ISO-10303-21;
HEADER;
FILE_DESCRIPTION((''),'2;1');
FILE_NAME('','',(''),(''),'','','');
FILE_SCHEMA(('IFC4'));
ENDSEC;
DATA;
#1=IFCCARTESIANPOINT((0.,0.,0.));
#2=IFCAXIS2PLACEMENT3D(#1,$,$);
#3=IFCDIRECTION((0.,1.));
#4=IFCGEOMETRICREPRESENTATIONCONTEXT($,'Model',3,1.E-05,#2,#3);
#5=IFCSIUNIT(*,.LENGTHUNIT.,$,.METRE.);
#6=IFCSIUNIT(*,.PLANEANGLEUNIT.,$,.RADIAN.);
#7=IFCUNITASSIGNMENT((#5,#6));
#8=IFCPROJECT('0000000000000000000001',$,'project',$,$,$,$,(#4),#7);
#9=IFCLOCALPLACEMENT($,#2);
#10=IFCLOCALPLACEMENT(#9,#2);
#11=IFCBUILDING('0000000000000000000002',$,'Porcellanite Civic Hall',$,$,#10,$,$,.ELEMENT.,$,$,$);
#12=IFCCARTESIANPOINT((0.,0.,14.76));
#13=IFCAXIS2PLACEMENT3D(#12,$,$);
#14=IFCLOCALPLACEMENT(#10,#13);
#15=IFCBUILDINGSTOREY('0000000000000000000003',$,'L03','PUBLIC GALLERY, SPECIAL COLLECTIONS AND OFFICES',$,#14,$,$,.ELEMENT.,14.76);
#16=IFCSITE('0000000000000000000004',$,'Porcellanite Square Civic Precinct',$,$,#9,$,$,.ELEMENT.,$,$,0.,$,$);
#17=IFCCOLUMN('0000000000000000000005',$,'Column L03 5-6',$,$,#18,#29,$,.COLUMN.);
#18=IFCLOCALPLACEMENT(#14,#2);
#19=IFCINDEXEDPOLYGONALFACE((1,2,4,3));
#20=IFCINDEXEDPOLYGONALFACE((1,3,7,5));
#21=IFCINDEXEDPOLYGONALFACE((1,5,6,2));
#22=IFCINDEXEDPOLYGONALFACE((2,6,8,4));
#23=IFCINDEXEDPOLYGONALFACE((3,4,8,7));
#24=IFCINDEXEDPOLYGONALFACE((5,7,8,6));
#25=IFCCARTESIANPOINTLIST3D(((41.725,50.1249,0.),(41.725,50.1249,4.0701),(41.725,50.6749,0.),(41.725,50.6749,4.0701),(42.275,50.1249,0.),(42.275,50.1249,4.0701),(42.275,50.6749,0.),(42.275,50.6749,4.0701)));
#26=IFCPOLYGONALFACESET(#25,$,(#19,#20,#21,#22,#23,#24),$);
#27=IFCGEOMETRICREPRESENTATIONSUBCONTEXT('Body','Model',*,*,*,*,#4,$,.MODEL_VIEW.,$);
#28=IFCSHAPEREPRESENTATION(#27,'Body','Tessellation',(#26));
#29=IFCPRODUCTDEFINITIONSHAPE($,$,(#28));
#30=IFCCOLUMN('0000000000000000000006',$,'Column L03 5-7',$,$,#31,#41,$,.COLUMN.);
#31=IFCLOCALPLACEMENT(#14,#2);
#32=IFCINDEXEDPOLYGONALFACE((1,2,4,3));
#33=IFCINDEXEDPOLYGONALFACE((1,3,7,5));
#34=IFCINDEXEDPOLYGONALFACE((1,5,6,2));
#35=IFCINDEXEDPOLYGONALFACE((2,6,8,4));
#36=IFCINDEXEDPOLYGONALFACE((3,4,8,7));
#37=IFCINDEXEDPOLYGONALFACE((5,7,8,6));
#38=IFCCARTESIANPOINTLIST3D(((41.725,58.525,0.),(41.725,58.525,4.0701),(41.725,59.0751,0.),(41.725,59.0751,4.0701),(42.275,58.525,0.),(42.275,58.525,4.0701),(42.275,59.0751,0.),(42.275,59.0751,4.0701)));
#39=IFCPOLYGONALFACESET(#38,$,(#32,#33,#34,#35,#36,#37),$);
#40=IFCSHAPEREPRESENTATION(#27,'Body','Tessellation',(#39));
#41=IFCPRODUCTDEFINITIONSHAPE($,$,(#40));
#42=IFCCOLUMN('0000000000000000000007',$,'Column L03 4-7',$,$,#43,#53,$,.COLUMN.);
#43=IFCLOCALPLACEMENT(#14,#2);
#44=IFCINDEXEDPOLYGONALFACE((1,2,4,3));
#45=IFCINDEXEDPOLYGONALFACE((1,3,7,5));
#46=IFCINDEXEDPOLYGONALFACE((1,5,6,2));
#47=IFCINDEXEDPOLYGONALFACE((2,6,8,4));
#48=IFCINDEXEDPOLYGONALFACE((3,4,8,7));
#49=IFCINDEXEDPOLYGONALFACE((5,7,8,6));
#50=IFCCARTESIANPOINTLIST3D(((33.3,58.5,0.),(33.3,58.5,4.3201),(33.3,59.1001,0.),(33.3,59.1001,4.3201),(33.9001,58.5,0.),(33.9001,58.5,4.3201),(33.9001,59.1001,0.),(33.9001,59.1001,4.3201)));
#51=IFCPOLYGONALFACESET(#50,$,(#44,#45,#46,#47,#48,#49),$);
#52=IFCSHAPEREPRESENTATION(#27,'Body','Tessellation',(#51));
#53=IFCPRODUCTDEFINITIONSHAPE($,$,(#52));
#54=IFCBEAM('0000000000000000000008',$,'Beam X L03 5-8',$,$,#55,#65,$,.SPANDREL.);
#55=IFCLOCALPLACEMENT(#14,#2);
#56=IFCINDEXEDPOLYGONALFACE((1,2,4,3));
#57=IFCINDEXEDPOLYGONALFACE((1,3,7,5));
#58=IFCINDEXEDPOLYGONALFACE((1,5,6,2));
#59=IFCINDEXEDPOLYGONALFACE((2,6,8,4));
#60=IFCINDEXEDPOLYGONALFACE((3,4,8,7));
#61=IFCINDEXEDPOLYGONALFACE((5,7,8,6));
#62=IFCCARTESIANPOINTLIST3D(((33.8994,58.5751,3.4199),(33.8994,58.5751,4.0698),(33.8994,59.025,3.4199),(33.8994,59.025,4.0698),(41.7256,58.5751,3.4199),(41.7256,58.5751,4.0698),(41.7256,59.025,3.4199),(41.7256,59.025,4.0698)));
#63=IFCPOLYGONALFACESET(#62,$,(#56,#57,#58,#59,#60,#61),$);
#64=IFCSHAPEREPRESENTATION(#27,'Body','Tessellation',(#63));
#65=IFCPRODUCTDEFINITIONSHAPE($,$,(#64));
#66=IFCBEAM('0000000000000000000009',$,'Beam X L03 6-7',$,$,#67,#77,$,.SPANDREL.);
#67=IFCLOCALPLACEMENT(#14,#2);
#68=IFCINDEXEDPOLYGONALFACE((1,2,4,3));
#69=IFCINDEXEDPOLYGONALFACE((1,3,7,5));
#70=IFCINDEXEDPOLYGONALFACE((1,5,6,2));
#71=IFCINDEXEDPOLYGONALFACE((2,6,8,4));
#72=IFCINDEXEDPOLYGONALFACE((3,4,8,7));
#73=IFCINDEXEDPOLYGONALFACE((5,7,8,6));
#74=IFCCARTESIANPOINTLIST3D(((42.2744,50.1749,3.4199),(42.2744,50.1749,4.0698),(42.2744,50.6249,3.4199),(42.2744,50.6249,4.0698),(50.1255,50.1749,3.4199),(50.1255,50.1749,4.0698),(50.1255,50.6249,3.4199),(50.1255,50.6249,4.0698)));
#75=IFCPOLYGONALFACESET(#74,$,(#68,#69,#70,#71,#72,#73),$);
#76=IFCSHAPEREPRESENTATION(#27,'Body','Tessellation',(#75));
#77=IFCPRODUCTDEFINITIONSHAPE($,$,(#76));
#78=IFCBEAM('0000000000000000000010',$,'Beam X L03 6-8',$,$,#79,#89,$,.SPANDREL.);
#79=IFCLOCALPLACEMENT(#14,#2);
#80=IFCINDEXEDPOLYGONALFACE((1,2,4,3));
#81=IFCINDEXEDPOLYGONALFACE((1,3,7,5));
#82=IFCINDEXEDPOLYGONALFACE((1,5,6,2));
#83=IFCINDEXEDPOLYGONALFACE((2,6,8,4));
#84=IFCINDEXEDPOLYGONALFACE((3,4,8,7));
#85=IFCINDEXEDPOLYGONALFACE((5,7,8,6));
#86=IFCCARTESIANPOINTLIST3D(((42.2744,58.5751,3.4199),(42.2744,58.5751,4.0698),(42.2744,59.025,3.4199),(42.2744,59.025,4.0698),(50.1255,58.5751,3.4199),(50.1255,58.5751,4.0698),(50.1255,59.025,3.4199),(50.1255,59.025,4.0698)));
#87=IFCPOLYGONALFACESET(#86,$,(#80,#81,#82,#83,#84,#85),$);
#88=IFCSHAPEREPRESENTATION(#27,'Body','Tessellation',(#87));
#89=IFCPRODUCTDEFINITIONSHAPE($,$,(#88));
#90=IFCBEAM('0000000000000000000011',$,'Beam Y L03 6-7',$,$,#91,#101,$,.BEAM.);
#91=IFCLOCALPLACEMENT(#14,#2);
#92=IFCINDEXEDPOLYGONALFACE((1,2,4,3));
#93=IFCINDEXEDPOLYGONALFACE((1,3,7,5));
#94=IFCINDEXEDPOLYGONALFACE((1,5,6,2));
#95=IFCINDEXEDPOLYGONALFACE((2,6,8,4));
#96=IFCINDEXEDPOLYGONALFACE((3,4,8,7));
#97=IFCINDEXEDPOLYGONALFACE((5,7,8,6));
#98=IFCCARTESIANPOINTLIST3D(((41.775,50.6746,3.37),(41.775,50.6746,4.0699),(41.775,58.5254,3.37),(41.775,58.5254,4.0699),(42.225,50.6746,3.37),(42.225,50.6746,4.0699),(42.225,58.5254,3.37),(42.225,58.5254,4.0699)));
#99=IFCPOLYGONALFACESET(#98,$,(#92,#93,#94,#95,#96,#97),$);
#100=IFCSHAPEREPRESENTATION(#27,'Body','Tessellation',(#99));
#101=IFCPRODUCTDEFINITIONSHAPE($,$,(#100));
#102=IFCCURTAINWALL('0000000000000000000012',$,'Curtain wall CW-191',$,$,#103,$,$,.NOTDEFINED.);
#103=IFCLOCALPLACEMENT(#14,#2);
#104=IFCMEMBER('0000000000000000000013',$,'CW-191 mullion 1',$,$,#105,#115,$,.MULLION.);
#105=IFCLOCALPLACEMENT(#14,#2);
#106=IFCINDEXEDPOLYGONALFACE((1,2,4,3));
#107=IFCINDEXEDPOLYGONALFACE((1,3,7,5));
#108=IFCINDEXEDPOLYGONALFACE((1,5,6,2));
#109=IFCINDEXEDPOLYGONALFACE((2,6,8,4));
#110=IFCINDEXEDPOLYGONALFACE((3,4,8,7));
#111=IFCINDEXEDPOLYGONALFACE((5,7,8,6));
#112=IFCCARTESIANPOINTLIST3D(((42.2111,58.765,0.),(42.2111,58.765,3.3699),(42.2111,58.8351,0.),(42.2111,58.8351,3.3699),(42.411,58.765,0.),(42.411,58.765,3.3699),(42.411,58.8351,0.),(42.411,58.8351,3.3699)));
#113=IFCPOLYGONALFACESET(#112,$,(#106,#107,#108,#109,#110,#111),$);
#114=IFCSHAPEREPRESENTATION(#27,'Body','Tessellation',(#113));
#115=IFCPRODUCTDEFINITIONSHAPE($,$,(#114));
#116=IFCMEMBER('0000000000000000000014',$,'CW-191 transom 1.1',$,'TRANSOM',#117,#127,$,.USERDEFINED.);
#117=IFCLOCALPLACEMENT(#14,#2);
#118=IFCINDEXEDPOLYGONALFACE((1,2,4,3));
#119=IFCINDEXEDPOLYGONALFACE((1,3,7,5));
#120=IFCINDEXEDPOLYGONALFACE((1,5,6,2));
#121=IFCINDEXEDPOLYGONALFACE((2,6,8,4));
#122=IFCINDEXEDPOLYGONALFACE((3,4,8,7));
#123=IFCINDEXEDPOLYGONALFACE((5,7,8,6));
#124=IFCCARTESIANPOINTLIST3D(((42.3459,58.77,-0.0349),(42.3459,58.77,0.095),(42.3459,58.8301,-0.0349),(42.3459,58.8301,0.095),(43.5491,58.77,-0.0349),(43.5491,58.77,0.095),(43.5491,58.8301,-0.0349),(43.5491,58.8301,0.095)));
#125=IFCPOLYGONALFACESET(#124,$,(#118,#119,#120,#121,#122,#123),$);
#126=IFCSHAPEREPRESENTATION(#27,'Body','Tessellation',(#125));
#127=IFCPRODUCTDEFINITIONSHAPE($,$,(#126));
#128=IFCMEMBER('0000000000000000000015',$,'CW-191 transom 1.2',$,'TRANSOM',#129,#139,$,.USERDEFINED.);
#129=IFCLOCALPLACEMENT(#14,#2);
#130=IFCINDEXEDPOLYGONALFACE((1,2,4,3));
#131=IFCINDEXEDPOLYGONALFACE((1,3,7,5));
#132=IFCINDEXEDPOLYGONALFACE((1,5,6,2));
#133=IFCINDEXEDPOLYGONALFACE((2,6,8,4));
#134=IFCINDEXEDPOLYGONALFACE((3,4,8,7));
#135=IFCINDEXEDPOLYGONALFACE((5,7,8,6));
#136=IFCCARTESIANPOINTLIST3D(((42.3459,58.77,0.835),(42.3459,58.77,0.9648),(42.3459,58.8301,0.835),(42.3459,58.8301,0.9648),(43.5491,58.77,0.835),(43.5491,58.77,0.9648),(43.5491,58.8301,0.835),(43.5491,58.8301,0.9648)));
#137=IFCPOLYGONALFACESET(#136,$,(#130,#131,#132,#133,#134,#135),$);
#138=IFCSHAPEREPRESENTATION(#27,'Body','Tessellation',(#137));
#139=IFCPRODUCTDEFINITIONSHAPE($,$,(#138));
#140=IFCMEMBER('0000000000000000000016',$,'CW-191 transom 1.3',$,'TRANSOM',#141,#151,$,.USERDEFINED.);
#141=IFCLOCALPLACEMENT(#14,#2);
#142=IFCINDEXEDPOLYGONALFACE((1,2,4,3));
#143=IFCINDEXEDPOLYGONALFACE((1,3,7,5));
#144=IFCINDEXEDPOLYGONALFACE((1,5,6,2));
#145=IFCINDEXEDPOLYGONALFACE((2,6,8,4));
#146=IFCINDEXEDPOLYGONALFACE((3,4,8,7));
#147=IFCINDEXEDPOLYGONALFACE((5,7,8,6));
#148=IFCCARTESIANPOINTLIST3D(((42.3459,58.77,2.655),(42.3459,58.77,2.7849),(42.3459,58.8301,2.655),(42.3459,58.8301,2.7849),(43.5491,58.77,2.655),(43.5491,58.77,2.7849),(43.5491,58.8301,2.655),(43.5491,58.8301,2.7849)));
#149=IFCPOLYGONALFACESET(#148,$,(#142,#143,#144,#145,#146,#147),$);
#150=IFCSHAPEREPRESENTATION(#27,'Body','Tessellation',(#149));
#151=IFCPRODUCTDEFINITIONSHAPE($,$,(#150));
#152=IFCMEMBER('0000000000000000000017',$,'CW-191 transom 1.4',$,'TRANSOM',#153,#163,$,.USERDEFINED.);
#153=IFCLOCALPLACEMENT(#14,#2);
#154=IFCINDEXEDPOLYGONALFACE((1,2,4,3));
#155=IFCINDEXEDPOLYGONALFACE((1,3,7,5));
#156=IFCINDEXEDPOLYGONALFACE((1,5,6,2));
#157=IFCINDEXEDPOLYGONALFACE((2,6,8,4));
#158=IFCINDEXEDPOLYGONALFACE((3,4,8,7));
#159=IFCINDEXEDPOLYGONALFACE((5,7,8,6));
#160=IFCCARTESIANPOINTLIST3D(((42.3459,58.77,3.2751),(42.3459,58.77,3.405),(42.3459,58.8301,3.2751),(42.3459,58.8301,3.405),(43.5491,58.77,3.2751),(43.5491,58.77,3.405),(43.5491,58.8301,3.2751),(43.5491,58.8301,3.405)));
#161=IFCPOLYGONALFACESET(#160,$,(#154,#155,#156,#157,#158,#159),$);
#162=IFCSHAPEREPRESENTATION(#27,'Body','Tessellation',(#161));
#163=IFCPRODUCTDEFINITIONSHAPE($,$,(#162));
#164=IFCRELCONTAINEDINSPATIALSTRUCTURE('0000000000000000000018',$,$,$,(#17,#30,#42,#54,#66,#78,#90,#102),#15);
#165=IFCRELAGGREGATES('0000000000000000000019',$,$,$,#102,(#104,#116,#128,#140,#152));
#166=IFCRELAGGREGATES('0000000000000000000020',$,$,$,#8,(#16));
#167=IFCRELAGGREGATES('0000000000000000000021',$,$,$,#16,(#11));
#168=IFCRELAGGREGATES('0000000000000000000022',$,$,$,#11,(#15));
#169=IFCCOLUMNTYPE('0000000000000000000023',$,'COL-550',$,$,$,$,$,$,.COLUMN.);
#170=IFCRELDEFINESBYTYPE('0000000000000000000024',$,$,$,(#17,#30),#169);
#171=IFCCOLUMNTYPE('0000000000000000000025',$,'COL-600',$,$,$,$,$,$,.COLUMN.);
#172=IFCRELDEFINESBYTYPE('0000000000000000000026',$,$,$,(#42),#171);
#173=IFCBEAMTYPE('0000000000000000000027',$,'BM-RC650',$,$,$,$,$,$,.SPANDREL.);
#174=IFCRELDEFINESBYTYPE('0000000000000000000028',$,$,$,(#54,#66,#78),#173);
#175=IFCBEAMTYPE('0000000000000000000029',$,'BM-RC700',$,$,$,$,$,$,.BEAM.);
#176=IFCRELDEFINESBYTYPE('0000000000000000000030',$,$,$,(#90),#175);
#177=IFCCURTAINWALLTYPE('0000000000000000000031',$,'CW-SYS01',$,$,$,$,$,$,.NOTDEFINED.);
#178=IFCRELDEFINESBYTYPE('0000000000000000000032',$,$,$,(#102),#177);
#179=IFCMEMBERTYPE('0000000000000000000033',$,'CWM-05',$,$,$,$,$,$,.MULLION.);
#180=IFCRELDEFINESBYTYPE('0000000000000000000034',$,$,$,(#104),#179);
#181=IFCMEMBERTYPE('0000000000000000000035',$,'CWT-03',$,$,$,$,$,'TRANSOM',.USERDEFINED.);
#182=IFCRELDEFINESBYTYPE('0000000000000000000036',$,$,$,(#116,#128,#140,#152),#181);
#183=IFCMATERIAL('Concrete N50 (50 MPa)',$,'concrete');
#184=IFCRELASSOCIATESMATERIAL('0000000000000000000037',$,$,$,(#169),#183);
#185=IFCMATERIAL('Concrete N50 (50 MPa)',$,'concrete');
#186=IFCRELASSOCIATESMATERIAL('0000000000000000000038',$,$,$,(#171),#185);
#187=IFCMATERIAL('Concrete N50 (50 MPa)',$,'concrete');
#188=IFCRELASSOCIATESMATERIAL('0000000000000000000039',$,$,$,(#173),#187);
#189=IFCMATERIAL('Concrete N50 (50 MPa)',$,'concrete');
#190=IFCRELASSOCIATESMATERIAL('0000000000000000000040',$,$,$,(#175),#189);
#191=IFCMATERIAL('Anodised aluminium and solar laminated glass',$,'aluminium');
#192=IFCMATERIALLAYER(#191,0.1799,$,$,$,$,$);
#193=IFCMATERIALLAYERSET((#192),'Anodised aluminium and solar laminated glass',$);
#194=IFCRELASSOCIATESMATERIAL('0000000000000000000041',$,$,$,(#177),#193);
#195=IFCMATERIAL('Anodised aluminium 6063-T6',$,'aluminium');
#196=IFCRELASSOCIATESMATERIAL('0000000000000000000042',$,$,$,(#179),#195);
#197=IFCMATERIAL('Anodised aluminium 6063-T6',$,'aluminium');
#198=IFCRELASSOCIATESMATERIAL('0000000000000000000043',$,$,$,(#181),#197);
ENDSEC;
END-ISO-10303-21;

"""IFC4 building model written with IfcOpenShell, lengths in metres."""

from ifc_helpers import new_model, si_unit, direction, frame, origin, origin_2d, place, context, subcontext, project, spatial, rectangle, extrude, material, layer, layer_set, material_profile, profile_set, type_object, element, aggregate, save


model = new_model("IFC4")

# Units and contexts
model_context = context("Model", 3, precision=1e-05, world=origin(), true_north=direction((0.0, 1.0)))
body_context = subcontext(model_context, "Body", "Model", "MODEL_VIEW")
ifc_project = project(units=[si_unit("LENGTHUNIT", "METRE"), si_unit("PLANEANGLEUNIT", "RADIAN")], contexts=[model_context])

# Site, building, storey
site_placement = place(None, origin())
site = spatial("IfcSite", under=ifc_project, at=site_placement, Name="Porcellanite Square Civic Precinct", CompositionType="ELEMENT", RefElevation=0.0)
building_placement = place(site_placement, origin())
building = spatial("IfcBuilding", under=site, at=building_placement, Name="Porcellanite Civic Hall", CompositionType="ELEMENT")
storey_placement = place(building_placement, frame((0.0, 0.0, 14.76)))
storey = spatial("IfcBuildingStorey", under=building, at=storey_placement, Name="L03", Description="PUBLIC GALLERY, SPECIAL COLLECTIONS AND OFFICES", CompositionType="ELEMENT", Elevation=14.76)

# Columns
ifc_material_1 = material(Name="Concrete N50 (50 MPa)", Category="concrete")
ifc_material_profile_1 = material_profile(ifc_material_1, rectangle(XDim=0.55, YDim=0.55, at=origin_2d()), Name="RC-550x550")
ifc_profile_set_1 = profile_set([ifc_material_profile_1], Name="Concrete N50 (50 MPa)")
column_type_1 = type_object("IfcColumnType", Name="COL-550", PredefinedType="COLUMN", material=ifc_profile_set_1)
for number, where, z_axis, x_axis, name in (
    (1, (42.0, 50.3999, 0.0), (0.0, 0.0, 1.0), (1.0, 0.0, 0.0), "Column L03 5-6"),
    (2, (42.0, 58.8, 0.0), (0.0, 0.0, 1.0), (1.0, 0.0, 0.0), "Column L03 5-7"),
):
    element("IfcColumn", number, at=place(storey_placement, frame(where, z_axis=z_axis, x_axis=x_axis)), inside=storey, type_object=column_type_1, Name=name, PredefinedType="COLUMN", context=body_context, shape_type="SweptSolid", body=[
        extrude(rectangle(XDim=0.55, YDim=0.55, at=origin_2d()), origin(), (0.0, 0.0, 1.0), 4.0701),
    ])
ifc_material_2 = material(Name="Concrete N50 (50 MPa)", Category="concrete")
ifc_material_profile_2 = material_profile(ifc_material_2, rectangle(XDim=0.6001, YDim=0.6001, at=origin_2d()), Name="RC-600x600")
ifc_profile_set_2 = profile_set([ifc_material_profile_2], Name="Concrete N50 (50 MPa)")
column_type_2 = type_object("IfcColumnType", Name="COL-600", PredefinedType="COLUMN", material=ifc_profile_set_2)
column_placement = place(storey_placement, frame((33.6001, 58.8, 0.0), z_axis=(0.0, 0.0, 1.0), x_axis=(1.0, 0.0, 0.0)))
element("IfcColumn", 3, at=column_placement, inside=storey, type_object=column_type_2, Name="Column L03 4-7", PredefinedType="COLUMN", context=body_context, shape_type="SweptSolid", body=[
    extrude(rectangle(XDim=0.6001, YDim=0.6001, at=origin_2d()), origin(), (0.0, 0.0, 1.0), 4.3201),
])

# Beams
ifc_material_3 = material(Name="Concrete N50 (50 MPa)", Category="concrete")
ifc_material_profile_3 = material_profile(ifc_material_3, rectangle(XDim=0.45, YDim=0.6499, at=origin_2d()), Name="RC-450x650")
ifc_profile_set_3 = profile_set([ifc_material_profile_3], Name="Concrete N50 (50 MPa)")
beam_type_1 = type_object("IfcBeamType", Name="BM-RC650", PredefinedType="SPANDREL", material=ifc_profile_set_3)
beam_1_placement = place(storey_placement, frame((33.8994, 58.8, 3.7449), z_axis=(1.0, 0.0, 0.0), x_axis=(0.0, 1.0, 0.0)))
element("IfcBeam", 4, at=beam_1_placement, inside=storey, type_object=beam_type_1, Name="Beam X L03 5-8", PredefinedType="SPANDREL", context=body_context, shape_type="SweptSolid", body=[
    extrude(rectangle(XDim=0.45, YDim=0.6499, at=origin_2d()), origin(), (0.0, 0.0, 1.0), 7.8262),
])
for number, where, z_axis, x_axis, name in (
    (5, (42.2744, 50.3999, 3.7449), (1.0, 0.0, 0.0), (0.0, 1.0, 0.0), "Beam X L03 6-7"),
    (6, (42.2744, 58.8, 3.7449), (1.0, 0.0, 0.0), (0.0, 1.0, 0.0), "Beam X L03 6-8"),
):
    element("IfcBeam", number, at=place(storey_placement, frame(where, z_axis=z_axis, x_axis=x_axis)), inside=storey, type_object=beam_type_1, Name=name, PredefinedType="SPANDREL", context=body_context, shape_type="SweptSolid", body=[
        extrude(rectangle(XDim=0.45, YDim=0.6499, at=origin_2d()), origin(), (0.0, 0.0, 1.0), 7.8511),
    ])
ifc_material_4 = material(Name="Concrete N50 (50 MPa)", Category="concrete")
ifc_material_profile_4 = material_profile(ifc_material_4, rectangle(XDim=0.45, YDim=0.7, at=origin_2d()), Name="RC-450x700")
ifc_profile_set_4 = profile_set([ifc_material_profile_4], Name="Concrete N50 (50 MPa)")
beam_type_2 = type_object("IfcBeamType", Name="BM-RC700", PredefinedType="BEAM", material=ifc_profile_set_4)
beam_2_placement = place(storey_placement, frame((42.0, 50.6746, 3.72), z_axis=(0.0, 1.0, 0.0), x_axis=(-1.0, 0.0, 0.0)))
element("IfcBeam", 7, at=beam_2_placement, inside=storey, type_object=beam_type_2, Name="Beam Y L03 6-7", PredefinedType="BEAM", context=body_context, shape_type="SweptSolid", body=[
    extrude(rectangle(XDim=0.45, YDim=0.7, at=origin_2d()), origin(), (0.0, 0.0, 1.0), 7.8508),
])

# Curtain wall, members
ifc_material_5 = material(Name="Anodised aluminium and solar laminated glass", Category="aluminium")
ifc_layer_1 = layer(ifc_material_5, 0.1799)
ifc_layer_set_1 = layer_set([ifc_layer_1], Name="Anodised aluminium and solar laminated glass")
curtain_wall_type = type_object("IfcCurtainWallType", Name="CW-SYS01", PredefinedType="NOTDEFINED", material=ifc_layer_set_1)
curtain_wall_placement = place(storey_placement, origin())
curtain_wall = element("IfcCurtainWall", 8, at=curtain_wall_placement, inside=storey, type_object=curtain_wall_type, Name="Curtain wall CW-191", PredefinedType="NOTDEFINED")
ifc_material_6 = material(Name="Anodised aluminium 6063-T6", Category="aluminium")
ifc_material_profile_5 = material_profile(ifc_material_6, rectangle(XDim=0.0701, YDim=0.2, at=origin_2d()), Name="AL-70x200")
ifc_profile_set_5 = profile_set([ifc_material_profile_5], Name="Anodised aluminium 6063-T6")
member_type_1 = type_object("IfcMemberType", Name="CWM-05", PredefinedType="MULLION", material=ifc_profile_set_5)
member_1_placement = place(storey_placement, frame((42.311, 58.8, 0.0), z_axis=(0.0, 0.0, 1.0), x_axis=(0.0, 1.0, 0.0)))
member_1 = element("IfcMember", 9, at=member_1_placement, type_object=member_type_1, Name="CW-191 mullion 1", PredefinedType="MULLION", context=body_context, shape_type="SweptSolid", body=[
    extrude(rectangle(XDim=0.0701, YDim=0.2, at=origin_2d()), origin(), (0.0, 0.0, 1.0), 3.3699),
])
ifc_material_7 = material(Name="Anodised aluminium 6063-T6", Category="aluminium")
ifc_material_profile_6 = material_profile(ifc_material_7, rectangle(XDim=0.0601, YDim=0.1299, at=origin_2d()), Name="AL-60x130")
ifc_profile_set_6 = profile_set([ifc_material_profile_6], Name="Anodised aluminium 6063-T6")
member_type_2 = type_object("IfcMemberType", Name="CWT-03", ElementType="TRANSOM", PredefinedType="USERDEFINED", material=ifc_profile_set_6)
member_2_placement = place(storey_placement, frame((42.3459, 58.8, 0.03), z_axis=(1.0, 0.0, 0.0), x_axis=(0.0, 1.0, 0.0)))
member_2 = element("IfcMember", 10, at=member_2_placement, type_object=member_type_2, Name="CW-191 transom 1.1", ObjectType="TRANSOM", PredefinedType="USERDEFINED", context=body_context, shape_type="SweptSolid", body=[
    extrude(rectangle(XDim=0.0601, YDim=0.1299, at=origin_2d()), origin(), (0.0, 0.0, 1.0), 1.2031),
])
member_3_placement = place(storey_placement, frame((42.3459, 58.8, 0.8999), z_axis=(1.0, 0.0, 0.0), x_axis=(0.0, 1.0, 0.0)))
member_3 = element("IfcMember", 11, at=member_3_placement, type_object=member_type_2, Name="CW-191 transom 1.2", ObjectType="TRANSOM", PredefinedType="USERDEFINED", context=body_context, shape_type="SweptSolid", body=[
    extrude(rectangle(XDim=0.0601, YDim=0.1299, at=origin_2d()), origin(), (0.0, 0.0, 1.0), 1.2031),
])
member_4_placement = place(storey_placement, frame((42.3459, 58.8, 2.72), z_axis=(1.0, 0.0, 0.0), x_axis=(0.0, 1.0, 0.0)))
member_4 = element("IfcMember", 12, at=member_4_placement, type_object=member_type_2, Name="CW-191 transom 1.3", ObjectType="TRANSOM", PredefinedType="USERDEFINED", context=body_context, shape_type="SweptSolid", body=[
    extrude(rectangle(XDim=0.0601, YDim=0.1299, at=origin_2d()), origin(), (0.0, 0.0, 1.0), 1.2031),
])
member_5_placement = place(storey_placement, frame((42.3459, 58.8, 3.3401), z_axis=(1.0, 0.0, 0.0), x_axis=(0.0, 1.0, 0.0)))
member_5 = element("IfcMember", 13, at=member_5_placement, type_object=member_type_2, Name="CW-191 transom 1.4", ObjectType="TRANSOM", PredefinedType="USERDEFINED", context=body_context, shape_type="SweptSolid", body=[
    extrude(rectangle(XDim=0.0601, YDim=0.1299, at=origin_2d()), origin(), (0.0, 0.0, 1.0), 1.2031),
])

aggregate(curtain_wall, [member_1, member_2, member_3, member_4, member_5])

save(model, "model.ifc")
